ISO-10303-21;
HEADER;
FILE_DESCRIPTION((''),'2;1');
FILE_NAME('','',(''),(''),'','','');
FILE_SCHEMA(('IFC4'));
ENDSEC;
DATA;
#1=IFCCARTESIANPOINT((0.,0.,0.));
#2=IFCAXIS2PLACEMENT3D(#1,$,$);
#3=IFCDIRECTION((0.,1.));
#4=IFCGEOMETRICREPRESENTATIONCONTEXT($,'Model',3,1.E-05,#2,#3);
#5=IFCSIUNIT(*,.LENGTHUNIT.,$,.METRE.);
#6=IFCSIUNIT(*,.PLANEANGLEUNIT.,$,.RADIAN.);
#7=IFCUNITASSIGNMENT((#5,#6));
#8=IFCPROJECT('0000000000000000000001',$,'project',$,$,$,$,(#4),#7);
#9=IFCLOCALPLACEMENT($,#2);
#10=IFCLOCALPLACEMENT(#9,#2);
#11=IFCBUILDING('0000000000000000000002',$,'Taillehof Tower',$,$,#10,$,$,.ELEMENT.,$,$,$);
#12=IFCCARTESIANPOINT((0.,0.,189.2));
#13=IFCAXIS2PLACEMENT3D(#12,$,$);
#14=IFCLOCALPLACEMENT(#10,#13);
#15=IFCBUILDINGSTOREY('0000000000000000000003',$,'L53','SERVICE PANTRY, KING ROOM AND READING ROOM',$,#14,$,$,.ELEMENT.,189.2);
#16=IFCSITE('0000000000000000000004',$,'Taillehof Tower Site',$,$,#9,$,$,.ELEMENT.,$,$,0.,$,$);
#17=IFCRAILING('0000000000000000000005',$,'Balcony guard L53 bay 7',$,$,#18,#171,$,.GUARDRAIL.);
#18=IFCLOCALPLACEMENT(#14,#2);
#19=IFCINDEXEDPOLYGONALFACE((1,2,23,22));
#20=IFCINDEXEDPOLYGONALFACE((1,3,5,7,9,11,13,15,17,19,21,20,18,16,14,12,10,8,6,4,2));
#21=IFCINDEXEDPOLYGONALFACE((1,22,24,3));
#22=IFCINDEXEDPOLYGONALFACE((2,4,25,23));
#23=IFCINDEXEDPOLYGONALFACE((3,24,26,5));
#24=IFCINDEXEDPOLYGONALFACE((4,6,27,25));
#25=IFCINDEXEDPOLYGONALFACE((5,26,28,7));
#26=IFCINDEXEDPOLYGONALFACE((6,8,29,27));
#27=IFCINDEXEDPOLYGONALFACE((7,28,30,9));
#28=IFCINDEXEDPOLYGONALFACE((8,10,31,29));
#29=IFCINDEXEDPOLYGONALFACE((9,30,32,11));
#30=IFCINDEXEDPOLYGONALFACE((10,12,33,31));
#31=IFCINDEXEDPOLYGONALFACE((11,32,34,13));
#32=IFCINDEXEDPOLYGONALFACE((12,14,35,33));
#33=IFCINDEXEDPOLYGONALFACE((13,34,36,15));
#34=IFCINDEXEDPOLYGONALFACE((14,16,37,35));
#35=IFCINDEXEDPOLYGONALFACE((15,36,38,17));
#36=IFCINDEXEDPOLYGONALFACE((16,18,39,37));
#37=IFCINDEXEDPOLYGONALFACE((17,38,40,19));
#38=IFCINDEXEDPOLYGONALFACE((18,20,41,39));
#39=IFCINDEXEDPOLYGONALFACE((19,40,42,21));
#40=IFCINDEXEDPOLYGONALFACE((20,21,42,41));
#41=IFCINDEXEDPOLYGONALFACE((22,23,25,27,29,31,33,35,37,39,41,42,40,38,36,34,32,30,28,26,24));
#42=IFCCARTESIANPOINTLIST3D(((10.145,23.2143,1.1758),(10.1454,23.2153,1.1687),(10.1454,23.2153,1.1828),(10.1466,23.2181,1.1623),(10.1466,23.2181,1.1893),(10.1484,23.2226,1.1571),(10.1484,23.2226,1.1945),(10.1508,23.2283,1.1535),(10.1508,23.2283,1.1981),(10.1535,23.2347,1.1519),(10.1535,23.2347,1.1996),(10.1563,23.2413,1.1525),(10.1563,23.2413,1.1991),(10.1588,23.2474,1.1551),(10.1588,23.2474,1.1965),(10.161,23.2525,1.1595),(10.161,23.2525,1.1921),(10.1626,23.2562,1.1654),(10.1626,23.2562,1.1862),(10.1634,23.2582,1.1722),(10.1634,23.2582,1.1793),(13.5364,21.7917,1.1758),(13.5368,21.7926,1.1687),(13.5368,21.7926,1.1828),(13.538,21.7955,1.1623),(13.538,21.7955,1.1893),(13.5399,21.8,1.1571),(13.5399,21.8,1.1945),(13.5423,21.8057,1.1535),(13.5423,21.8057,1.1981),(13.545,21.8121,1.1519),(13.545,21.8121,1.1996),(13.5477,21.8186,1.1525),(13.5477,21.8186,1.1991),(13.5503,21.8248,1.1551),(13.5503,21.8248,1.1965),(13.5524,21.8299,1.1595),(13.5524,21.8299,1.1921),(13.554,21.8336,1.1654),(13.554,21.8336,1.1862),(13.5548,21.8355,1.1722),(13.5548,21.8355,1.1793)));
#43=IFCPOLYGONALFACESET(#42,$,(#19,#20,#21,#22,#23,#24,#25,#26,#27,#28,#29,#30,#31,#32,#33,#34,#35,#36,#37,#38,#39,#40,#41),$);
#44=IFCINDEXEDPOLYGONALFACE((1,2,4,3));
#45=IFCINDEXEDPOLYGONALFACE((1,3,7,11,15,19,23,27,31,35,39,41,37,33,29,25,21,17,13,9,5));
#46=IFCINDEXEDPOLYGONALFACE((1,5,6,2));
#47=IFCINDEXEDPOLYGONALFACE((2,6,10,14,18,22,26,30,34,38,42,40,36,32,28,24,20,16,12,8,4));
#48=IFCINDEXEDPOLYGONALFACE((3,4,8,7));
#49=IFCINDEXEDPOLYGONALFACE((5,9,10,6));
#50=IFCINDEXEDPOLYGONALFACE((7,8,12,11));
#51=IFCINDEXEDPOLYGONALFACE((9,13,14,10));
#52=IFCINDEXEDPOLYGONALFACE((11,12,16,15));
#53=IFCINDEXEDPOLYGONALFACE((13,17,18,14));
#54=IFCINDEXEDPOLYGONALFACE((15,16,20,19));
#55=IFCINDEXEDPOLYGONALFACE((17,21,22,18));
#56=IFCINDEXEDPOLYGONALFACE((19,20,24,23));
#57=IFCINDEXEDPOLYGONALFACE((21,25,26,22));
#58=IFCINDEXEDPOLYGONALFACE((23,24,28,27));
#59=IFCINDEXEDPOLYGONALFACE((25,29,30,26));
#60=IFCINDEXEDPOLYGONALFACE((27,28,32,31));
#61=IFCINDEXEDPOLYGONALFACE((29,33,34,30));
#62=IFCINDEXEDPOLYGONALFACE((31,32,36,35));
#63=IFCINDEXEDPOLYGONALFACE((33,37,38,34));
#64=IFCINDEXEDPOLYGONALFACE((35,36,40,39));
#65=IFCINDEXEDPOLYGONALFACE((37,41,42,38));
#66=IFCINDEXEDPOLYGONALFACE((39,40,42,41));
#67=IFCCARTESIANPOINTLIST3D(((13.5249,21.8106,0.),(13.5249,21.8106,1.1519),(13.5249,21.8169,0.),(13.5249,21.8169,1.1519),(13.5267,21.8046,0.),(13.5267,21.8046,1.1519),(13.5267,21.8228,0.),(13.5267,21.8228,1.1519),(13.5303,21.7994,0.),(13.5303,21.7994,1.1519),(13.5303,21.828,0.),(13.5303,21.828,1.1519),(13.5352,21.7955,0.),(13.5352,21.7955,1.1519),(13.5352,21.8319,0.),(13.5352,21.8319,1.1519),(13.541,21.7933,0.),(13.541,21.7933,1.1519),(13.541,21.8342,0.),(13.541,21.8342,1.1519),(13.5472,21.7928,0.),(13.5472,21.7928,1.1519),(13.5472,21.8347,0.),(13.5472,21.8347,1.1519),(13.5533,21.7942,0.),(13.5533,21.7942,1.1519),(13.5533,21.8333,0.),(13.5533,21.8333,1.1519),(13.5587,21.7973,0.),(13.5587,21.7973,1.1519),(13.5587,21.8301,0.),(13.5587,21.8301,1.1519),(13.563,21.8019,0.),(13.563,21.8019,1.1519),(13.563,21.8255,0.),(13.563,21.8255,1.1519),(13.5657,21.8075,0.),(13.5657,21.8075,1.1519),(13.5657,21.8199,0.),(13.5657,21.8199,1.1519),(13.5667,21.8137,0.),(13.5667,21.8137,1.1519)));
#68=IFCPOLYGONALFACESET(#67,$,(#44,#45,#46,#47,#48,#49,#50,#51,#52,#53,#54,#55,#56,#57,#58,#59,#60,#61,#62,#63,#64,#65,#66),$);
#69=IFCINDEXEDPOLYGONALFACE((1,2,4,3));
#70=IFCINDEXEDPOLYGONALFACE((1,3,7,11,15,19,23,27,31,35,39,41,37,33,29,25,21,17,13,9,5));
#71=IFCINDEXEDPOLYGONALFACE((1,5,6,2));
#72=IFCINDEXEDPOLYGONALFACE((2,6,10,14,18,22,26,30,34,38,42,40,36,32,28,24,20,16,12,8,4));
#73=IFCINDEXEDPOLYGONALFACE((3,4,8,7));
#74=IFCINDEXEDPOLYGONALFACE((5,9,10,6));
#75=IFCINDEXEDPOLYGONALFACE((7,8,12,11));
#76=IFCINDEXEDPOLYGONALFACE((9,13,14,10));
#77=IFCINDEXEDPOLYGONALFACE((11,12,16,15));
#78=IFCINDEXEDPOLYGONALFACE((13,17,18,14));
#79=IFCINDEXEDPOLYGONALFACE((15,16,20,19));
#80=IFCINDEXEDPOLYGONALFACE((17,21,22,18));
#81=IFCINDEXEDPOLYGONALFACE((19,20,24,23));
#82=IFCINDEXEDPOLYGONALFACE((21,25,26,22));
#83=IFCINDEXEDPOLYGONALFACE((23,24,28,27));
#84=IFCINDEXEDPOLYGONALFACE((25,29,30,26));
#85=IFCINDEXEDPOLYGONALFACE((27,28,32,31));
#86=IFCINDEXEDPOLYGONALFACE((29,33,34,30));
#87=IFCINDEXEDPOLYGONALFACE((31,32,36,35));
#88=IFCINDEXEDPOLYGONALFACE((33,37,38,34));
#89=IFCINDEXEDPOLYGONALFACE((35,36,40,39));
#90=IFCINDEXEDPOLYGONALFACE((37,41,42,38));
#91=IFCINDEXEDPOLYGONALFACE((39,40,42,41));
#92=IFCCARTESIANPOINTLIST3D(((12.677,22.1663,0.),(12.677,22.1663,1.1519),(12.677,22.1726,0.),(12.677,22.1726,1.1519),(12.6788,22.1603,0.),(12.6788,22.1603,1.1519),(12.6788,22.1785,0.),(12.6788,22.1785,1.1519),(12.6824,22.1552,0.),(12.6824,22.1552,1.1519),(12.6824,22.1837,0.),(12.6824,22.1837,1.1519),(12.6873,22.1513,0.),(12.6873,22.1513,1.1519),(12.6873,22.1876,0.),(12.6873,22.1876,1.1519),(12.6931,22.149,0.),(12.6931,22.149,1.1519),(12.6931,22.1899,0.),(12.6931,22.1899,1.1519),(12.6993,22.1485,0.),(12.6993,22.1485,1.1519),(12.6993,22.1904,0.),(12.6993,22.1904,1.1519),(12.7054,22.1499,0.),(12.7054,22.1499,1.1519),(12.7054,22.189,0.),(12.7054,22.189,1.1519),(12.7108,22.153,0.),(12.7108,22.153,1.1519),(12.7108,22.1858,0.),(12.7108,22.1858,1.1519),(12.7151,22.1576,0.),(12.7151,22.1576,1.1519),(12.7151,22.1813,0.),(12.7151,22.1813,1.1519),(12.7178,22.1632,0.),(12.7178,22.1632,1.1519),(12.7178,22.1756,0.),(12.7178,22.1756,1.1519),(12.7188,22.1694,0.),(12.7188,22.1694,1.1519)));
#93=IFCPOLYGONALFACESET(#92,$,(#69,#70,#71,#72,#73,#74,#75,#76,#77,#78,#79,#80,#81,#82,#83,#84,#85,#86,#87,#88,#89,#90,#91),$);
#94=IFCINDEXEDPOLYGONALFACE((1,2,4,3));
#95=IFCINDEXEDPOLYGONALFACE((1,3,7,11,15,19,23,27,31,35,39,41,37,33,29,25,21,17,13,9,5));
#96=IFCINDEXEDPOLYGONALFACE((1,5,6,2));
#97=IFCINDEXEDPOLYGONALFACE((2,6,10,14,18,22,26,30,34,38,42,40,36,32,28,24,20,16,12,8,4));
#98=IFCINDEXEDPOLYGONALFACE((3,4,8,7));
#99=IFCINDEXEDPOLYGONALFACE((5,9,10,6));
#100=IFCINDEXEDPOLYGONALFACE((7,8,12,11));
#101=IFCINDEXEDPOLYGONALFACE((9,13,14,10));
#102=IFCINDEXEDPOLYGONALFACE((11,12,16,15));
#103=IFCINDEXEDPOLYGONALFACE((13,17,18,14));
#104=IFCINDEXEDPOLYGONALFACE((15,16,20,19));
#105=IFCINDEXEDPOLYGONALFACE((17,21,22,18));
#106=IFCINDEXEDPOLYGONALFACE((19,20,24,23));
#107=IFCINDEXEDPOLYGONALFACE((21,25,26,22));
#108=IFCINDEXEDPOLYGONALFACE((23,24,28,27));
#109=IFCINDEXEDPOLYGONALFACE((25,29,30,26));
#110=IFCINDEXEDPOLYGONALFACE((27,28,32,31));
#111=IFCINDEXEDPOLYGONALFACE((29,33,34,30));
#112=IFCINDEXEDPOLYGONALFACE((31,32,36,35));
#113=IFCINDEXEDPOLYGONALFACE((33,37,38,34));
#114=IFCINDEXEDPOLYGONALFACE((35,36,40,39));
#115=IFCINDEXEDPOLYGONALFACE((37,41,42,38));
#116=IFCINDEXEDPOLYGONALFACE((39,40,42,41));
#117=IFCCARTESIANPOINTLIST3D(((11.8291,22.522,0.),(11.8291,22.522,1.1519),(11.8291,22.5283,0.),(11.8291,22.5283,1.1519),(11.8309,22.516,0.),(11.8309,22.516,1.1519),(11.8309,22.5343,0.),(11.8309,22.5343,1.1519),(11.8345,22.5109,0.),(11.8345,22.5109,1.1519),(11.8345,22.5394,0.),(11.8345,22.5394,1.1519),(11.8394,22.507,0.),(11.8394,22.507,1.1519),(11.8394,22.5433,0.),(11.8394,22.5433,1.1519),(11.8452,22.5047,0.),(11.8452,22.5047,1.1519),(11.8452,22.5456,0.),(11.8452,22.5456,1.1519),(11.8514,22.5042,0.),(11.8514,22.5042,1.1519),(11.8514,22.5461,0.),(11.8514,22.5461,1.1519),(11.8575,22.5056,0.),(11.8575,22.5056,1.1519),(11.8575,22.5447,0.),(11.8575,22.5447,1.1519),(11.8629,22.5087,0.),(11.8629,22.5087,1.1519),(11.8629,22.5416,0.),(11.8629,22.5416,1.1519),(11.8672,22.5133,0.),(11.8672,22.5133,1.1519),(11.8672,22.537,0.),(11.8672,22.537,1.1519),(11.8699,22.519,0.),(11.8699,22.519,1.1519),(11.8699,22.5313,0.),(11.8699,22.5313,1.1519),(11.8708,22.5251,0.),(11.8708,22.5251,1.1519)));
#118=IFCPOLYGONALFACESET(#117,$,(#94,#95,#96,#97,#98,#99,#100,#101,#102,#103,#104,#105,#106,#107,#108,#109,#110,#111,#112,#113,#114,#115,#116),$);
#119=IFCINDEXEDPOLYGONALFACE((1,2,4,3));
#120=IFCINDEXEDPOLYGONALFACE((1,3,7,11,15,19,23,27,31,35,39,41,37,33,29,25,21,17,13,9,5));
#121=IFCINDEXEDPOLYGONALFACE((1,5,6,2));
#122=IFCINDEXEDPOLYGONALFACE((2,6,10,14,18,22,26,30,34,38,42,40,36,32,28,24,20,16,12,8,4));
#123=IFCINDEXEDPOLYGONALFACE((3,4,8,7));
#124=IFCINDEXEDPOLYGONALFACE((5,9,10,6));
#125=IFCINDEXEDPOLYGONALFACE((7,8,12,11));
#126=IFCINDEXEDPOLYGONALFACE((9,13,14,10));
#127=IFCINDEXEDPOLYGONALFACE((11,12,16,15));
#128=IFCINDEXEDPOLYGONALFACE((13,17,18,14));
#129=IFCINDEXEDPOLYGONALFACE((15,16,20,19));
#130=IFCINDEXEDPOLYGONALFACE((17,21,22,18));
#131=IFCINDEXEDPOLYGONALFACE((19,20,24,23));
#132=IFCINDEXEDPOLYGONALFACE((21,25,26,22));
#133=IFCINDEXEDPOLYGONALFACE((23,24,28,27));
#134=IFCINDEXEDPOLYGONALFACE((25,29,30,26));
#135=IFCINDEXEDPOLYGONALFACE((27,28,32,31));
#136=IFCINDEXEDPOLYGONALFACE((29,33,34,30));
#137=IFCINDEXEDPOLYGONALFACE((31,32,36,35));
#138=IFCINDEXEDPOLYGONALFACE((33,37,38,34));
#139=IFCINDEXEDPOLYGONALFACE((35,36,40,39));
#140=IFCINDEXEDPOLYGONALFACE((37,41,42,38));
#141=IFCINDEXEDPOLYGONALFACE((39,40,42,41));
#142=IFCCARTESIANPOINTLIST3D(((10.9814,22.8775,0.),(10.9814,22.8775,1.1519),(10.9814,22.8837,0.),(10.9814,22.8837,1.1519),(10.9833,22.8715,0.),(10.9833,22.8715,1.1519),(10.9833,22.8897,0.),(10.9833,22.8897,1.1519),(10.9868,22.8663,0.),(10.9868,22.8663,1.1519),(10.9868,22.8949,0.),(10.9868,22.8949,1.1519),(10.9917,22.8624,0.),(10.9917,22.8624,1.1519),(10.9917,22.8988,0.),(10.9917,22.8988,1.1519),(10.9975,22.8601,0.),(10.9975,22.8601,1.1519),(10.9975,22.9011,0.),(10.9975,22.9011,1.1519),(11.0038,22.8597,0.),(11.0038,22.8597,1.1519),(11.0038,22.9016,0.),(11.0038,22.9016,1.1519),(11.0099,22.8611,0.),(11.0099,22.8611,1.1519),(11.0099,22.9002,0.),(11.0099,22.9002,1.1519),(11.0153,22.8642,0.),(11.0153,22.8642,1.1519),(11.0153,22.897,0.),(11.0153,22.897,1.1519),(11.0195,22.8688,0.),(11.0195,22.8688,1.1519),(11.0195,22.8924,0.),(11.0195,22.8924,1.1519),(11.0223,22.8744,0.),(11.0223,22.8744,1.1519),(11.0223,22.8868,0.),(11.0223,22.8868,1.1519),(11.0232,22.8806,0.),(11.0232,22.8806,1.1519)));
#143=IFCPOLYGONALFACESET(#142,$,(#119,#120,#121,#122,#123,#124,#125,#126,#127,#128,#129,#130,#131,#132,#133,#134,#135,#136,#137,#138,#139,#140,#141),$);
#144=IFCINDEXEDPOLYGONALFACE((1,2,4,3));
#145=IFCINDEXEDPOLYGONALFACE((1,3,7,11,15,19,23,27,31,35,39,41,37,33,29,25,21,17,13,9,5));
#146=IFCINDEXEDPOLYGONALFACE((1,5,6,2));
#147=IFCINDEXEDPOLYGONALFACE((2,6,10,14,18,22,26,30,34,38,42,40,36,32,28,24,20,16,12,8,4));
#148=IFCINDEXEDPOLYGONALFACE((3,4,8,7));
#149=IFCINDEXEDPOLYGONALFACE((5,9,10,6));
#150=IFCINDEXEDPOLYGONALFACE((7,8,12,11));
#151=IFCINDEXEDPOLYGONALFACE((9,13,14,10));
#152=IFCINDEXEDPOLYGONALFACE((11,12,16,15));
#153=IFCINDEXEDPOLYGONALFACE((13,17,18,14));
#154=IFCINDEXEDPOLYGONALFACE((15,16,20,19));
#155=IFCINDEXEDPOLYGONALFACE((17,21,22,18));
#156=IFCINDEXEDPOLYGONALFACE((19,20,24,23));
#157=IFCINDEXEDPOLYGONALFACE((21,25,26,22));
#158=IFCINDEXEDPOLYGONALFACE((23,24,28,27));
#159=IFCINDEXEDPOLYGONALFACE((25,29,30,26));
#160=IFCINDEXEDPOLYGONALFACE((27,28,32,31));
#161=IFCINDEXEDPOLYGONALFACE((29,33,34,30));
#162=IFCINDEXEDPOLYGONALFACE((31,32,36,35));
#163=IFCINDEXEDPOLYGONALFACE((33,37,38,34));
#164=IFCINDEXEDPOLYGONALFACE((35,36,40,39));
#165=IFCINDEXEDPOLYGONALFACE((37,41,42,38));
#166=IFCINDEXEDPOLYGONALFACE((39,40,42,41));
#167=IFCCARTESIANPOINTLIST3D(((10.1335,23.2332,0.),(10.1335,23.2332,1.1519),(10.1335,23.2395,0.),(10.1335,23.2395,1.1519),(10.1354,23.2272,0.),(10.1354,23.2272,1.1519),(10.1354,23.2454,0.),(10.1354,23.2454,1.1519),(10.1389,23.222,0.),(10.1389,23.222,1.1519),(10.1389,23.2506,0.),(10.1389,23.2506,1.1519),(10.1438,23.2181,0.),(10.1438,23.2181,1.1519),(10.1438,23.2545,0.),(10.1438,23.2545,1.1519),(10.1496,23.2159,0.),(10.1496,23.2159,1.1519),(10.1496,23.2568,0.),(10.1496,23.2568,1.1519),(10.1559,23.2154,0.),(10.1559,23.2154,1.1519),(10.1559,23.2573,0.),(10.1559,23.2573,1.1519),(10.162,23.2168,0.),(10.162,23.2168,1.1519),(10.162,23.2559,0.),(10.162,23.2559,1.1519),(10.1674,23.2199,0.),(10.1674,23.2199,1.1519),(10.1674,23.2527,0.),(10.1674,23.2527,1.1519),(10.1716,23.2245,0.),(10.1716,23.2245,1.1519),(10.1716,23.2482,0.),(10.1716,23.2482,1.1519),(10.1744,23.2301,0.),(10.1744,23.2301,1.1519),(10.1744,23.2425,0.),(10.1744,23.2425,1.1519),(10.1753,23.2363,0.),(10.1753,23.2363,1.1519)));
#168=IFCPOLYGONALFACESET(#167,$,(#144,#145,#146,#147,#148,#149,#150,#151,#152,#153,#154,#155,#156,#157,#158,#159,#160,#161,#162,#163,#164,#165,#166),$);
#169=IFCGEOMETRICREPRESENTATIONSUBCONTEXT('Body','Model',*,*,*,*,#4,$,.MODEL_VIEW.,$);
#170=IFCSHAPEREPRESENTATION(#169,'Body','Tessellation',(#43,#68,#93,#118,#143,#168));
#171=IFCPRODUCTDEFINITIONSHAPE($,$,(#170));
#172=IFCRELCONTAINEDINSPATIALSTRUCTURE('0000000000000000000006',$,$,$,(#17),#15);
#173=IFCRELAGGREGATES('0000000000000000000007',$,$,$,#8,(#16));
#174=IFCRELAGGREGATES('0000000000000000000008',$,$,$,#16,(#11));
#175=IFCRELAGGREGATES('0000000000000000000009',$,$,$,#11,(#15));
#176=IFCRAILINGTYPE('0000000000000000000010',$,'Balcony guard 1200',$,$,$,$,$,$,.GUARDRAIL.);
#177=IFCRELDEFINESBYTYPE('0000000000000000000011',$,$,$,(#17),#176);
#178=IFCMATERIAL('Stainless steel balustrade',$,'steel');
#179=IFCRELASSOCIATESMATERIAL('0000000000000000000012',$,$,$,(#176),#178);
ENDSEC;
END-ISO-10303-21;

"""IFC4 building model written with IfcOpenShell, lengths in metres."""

from ifc_helpers import new_model, si_unit, direction, frame, origin, origin_2d, place, context, subcontext, project, spatial, circle, extrude, material, type_object, element, save


model = new_model("IFC4")

# Units and contexts
model_context = context("Model", 3, precision=1e-05, world=origin(), true_north=direction((0.0, 1.0)))
body_context = subcontext(model_context, "Body", "Model", "MODEL_VIEW")
ifc_project = project(units=[si_unit("LENGTHUNIT", "METRE"), si_unit("PLANEANGLEUNIT", "RADIAN")], contexts=[model_context])

# Site, building, storey
site_placement = place(None, origin())
site = spatial("IfcSite", under=ifc_project, at=site_placement, Name="Taillehof Tower Site", CompositionType="ELEMENT", RefElevation=0.0)
building_placement = place(site_placement, origin())
building = spatial("IfcBuilding", under=site, at=building_placement, Name="Taillehof Tower", CompositionType="ELEMENT")
storey_placement = place(building_placement, frame((0.0, 0.0, 189.2)))
storey = spatial("IfcBuildingStorey", under=building, at=storey_placement, Name="L53", Description="SERVICE PANTRY, KING ROOM AND READING ROOM", CompositionType="ELEMENT", Elevation=189.2)

# Railing
ifc_material_1 = material(Name="Stainless steel balustrade", Category="steel")
railing_type = type_object("IfcRailingType", Name="Balcony guard 1200", PredefinedType="GUARDRAIL", material=ifc_material_1)
railing_1_placement = place(storey_placement, frame((13.5457, 21.8137, 0.0)))
element("IfcRailing", 1, at=railing_1_placement, inside=storey, type_object=railing_type, Name="Balcony guard L53 bay 7", PredefinedType="GUARDRAIL", context=body_context, shape_type="SweptSolid", body=[
    extrude(circle(Radius=0.0239, at=origin_2d()), frame((0.0, 0.0, 1.1758), z_axis=(-0.922153, 0.386825, 0.0), x_axis=(-0.386825, -0.922153, 0.0)), (0.0, 0.0, 1.0), 3.6777),
    extrude(circle(Radius=0.021, at=origin_2d()), origin(), (0.0, 0.0, 1.0), 1.1519),
    extrude(circle(Radius=0.021, at=origin_2d()), frame((-0.8479, 0.3557, 0.0)), (0.0, 0.0, 1.0), 1.1519),
    extrude(circle(Radius=0.021, at=origin_2d()), frame((-1.6958, 0.7114, 0.0)), (0.0, 0.0, 1.0), 1.1519),
    extrude(circle(Radius=0.021, at=origin_2d()), frame((-2.5435, 1.0669, 0.0)), (0.0, 0.0, 1.0), 1.1519),
    extrude(circle(Radius=0.021, at=origin_2d()), frame((-3.3914, 1.4226, 0.0)), (0.0, 0.0, 1.0), 1.1519),
])

save(model, "model.ifc")
